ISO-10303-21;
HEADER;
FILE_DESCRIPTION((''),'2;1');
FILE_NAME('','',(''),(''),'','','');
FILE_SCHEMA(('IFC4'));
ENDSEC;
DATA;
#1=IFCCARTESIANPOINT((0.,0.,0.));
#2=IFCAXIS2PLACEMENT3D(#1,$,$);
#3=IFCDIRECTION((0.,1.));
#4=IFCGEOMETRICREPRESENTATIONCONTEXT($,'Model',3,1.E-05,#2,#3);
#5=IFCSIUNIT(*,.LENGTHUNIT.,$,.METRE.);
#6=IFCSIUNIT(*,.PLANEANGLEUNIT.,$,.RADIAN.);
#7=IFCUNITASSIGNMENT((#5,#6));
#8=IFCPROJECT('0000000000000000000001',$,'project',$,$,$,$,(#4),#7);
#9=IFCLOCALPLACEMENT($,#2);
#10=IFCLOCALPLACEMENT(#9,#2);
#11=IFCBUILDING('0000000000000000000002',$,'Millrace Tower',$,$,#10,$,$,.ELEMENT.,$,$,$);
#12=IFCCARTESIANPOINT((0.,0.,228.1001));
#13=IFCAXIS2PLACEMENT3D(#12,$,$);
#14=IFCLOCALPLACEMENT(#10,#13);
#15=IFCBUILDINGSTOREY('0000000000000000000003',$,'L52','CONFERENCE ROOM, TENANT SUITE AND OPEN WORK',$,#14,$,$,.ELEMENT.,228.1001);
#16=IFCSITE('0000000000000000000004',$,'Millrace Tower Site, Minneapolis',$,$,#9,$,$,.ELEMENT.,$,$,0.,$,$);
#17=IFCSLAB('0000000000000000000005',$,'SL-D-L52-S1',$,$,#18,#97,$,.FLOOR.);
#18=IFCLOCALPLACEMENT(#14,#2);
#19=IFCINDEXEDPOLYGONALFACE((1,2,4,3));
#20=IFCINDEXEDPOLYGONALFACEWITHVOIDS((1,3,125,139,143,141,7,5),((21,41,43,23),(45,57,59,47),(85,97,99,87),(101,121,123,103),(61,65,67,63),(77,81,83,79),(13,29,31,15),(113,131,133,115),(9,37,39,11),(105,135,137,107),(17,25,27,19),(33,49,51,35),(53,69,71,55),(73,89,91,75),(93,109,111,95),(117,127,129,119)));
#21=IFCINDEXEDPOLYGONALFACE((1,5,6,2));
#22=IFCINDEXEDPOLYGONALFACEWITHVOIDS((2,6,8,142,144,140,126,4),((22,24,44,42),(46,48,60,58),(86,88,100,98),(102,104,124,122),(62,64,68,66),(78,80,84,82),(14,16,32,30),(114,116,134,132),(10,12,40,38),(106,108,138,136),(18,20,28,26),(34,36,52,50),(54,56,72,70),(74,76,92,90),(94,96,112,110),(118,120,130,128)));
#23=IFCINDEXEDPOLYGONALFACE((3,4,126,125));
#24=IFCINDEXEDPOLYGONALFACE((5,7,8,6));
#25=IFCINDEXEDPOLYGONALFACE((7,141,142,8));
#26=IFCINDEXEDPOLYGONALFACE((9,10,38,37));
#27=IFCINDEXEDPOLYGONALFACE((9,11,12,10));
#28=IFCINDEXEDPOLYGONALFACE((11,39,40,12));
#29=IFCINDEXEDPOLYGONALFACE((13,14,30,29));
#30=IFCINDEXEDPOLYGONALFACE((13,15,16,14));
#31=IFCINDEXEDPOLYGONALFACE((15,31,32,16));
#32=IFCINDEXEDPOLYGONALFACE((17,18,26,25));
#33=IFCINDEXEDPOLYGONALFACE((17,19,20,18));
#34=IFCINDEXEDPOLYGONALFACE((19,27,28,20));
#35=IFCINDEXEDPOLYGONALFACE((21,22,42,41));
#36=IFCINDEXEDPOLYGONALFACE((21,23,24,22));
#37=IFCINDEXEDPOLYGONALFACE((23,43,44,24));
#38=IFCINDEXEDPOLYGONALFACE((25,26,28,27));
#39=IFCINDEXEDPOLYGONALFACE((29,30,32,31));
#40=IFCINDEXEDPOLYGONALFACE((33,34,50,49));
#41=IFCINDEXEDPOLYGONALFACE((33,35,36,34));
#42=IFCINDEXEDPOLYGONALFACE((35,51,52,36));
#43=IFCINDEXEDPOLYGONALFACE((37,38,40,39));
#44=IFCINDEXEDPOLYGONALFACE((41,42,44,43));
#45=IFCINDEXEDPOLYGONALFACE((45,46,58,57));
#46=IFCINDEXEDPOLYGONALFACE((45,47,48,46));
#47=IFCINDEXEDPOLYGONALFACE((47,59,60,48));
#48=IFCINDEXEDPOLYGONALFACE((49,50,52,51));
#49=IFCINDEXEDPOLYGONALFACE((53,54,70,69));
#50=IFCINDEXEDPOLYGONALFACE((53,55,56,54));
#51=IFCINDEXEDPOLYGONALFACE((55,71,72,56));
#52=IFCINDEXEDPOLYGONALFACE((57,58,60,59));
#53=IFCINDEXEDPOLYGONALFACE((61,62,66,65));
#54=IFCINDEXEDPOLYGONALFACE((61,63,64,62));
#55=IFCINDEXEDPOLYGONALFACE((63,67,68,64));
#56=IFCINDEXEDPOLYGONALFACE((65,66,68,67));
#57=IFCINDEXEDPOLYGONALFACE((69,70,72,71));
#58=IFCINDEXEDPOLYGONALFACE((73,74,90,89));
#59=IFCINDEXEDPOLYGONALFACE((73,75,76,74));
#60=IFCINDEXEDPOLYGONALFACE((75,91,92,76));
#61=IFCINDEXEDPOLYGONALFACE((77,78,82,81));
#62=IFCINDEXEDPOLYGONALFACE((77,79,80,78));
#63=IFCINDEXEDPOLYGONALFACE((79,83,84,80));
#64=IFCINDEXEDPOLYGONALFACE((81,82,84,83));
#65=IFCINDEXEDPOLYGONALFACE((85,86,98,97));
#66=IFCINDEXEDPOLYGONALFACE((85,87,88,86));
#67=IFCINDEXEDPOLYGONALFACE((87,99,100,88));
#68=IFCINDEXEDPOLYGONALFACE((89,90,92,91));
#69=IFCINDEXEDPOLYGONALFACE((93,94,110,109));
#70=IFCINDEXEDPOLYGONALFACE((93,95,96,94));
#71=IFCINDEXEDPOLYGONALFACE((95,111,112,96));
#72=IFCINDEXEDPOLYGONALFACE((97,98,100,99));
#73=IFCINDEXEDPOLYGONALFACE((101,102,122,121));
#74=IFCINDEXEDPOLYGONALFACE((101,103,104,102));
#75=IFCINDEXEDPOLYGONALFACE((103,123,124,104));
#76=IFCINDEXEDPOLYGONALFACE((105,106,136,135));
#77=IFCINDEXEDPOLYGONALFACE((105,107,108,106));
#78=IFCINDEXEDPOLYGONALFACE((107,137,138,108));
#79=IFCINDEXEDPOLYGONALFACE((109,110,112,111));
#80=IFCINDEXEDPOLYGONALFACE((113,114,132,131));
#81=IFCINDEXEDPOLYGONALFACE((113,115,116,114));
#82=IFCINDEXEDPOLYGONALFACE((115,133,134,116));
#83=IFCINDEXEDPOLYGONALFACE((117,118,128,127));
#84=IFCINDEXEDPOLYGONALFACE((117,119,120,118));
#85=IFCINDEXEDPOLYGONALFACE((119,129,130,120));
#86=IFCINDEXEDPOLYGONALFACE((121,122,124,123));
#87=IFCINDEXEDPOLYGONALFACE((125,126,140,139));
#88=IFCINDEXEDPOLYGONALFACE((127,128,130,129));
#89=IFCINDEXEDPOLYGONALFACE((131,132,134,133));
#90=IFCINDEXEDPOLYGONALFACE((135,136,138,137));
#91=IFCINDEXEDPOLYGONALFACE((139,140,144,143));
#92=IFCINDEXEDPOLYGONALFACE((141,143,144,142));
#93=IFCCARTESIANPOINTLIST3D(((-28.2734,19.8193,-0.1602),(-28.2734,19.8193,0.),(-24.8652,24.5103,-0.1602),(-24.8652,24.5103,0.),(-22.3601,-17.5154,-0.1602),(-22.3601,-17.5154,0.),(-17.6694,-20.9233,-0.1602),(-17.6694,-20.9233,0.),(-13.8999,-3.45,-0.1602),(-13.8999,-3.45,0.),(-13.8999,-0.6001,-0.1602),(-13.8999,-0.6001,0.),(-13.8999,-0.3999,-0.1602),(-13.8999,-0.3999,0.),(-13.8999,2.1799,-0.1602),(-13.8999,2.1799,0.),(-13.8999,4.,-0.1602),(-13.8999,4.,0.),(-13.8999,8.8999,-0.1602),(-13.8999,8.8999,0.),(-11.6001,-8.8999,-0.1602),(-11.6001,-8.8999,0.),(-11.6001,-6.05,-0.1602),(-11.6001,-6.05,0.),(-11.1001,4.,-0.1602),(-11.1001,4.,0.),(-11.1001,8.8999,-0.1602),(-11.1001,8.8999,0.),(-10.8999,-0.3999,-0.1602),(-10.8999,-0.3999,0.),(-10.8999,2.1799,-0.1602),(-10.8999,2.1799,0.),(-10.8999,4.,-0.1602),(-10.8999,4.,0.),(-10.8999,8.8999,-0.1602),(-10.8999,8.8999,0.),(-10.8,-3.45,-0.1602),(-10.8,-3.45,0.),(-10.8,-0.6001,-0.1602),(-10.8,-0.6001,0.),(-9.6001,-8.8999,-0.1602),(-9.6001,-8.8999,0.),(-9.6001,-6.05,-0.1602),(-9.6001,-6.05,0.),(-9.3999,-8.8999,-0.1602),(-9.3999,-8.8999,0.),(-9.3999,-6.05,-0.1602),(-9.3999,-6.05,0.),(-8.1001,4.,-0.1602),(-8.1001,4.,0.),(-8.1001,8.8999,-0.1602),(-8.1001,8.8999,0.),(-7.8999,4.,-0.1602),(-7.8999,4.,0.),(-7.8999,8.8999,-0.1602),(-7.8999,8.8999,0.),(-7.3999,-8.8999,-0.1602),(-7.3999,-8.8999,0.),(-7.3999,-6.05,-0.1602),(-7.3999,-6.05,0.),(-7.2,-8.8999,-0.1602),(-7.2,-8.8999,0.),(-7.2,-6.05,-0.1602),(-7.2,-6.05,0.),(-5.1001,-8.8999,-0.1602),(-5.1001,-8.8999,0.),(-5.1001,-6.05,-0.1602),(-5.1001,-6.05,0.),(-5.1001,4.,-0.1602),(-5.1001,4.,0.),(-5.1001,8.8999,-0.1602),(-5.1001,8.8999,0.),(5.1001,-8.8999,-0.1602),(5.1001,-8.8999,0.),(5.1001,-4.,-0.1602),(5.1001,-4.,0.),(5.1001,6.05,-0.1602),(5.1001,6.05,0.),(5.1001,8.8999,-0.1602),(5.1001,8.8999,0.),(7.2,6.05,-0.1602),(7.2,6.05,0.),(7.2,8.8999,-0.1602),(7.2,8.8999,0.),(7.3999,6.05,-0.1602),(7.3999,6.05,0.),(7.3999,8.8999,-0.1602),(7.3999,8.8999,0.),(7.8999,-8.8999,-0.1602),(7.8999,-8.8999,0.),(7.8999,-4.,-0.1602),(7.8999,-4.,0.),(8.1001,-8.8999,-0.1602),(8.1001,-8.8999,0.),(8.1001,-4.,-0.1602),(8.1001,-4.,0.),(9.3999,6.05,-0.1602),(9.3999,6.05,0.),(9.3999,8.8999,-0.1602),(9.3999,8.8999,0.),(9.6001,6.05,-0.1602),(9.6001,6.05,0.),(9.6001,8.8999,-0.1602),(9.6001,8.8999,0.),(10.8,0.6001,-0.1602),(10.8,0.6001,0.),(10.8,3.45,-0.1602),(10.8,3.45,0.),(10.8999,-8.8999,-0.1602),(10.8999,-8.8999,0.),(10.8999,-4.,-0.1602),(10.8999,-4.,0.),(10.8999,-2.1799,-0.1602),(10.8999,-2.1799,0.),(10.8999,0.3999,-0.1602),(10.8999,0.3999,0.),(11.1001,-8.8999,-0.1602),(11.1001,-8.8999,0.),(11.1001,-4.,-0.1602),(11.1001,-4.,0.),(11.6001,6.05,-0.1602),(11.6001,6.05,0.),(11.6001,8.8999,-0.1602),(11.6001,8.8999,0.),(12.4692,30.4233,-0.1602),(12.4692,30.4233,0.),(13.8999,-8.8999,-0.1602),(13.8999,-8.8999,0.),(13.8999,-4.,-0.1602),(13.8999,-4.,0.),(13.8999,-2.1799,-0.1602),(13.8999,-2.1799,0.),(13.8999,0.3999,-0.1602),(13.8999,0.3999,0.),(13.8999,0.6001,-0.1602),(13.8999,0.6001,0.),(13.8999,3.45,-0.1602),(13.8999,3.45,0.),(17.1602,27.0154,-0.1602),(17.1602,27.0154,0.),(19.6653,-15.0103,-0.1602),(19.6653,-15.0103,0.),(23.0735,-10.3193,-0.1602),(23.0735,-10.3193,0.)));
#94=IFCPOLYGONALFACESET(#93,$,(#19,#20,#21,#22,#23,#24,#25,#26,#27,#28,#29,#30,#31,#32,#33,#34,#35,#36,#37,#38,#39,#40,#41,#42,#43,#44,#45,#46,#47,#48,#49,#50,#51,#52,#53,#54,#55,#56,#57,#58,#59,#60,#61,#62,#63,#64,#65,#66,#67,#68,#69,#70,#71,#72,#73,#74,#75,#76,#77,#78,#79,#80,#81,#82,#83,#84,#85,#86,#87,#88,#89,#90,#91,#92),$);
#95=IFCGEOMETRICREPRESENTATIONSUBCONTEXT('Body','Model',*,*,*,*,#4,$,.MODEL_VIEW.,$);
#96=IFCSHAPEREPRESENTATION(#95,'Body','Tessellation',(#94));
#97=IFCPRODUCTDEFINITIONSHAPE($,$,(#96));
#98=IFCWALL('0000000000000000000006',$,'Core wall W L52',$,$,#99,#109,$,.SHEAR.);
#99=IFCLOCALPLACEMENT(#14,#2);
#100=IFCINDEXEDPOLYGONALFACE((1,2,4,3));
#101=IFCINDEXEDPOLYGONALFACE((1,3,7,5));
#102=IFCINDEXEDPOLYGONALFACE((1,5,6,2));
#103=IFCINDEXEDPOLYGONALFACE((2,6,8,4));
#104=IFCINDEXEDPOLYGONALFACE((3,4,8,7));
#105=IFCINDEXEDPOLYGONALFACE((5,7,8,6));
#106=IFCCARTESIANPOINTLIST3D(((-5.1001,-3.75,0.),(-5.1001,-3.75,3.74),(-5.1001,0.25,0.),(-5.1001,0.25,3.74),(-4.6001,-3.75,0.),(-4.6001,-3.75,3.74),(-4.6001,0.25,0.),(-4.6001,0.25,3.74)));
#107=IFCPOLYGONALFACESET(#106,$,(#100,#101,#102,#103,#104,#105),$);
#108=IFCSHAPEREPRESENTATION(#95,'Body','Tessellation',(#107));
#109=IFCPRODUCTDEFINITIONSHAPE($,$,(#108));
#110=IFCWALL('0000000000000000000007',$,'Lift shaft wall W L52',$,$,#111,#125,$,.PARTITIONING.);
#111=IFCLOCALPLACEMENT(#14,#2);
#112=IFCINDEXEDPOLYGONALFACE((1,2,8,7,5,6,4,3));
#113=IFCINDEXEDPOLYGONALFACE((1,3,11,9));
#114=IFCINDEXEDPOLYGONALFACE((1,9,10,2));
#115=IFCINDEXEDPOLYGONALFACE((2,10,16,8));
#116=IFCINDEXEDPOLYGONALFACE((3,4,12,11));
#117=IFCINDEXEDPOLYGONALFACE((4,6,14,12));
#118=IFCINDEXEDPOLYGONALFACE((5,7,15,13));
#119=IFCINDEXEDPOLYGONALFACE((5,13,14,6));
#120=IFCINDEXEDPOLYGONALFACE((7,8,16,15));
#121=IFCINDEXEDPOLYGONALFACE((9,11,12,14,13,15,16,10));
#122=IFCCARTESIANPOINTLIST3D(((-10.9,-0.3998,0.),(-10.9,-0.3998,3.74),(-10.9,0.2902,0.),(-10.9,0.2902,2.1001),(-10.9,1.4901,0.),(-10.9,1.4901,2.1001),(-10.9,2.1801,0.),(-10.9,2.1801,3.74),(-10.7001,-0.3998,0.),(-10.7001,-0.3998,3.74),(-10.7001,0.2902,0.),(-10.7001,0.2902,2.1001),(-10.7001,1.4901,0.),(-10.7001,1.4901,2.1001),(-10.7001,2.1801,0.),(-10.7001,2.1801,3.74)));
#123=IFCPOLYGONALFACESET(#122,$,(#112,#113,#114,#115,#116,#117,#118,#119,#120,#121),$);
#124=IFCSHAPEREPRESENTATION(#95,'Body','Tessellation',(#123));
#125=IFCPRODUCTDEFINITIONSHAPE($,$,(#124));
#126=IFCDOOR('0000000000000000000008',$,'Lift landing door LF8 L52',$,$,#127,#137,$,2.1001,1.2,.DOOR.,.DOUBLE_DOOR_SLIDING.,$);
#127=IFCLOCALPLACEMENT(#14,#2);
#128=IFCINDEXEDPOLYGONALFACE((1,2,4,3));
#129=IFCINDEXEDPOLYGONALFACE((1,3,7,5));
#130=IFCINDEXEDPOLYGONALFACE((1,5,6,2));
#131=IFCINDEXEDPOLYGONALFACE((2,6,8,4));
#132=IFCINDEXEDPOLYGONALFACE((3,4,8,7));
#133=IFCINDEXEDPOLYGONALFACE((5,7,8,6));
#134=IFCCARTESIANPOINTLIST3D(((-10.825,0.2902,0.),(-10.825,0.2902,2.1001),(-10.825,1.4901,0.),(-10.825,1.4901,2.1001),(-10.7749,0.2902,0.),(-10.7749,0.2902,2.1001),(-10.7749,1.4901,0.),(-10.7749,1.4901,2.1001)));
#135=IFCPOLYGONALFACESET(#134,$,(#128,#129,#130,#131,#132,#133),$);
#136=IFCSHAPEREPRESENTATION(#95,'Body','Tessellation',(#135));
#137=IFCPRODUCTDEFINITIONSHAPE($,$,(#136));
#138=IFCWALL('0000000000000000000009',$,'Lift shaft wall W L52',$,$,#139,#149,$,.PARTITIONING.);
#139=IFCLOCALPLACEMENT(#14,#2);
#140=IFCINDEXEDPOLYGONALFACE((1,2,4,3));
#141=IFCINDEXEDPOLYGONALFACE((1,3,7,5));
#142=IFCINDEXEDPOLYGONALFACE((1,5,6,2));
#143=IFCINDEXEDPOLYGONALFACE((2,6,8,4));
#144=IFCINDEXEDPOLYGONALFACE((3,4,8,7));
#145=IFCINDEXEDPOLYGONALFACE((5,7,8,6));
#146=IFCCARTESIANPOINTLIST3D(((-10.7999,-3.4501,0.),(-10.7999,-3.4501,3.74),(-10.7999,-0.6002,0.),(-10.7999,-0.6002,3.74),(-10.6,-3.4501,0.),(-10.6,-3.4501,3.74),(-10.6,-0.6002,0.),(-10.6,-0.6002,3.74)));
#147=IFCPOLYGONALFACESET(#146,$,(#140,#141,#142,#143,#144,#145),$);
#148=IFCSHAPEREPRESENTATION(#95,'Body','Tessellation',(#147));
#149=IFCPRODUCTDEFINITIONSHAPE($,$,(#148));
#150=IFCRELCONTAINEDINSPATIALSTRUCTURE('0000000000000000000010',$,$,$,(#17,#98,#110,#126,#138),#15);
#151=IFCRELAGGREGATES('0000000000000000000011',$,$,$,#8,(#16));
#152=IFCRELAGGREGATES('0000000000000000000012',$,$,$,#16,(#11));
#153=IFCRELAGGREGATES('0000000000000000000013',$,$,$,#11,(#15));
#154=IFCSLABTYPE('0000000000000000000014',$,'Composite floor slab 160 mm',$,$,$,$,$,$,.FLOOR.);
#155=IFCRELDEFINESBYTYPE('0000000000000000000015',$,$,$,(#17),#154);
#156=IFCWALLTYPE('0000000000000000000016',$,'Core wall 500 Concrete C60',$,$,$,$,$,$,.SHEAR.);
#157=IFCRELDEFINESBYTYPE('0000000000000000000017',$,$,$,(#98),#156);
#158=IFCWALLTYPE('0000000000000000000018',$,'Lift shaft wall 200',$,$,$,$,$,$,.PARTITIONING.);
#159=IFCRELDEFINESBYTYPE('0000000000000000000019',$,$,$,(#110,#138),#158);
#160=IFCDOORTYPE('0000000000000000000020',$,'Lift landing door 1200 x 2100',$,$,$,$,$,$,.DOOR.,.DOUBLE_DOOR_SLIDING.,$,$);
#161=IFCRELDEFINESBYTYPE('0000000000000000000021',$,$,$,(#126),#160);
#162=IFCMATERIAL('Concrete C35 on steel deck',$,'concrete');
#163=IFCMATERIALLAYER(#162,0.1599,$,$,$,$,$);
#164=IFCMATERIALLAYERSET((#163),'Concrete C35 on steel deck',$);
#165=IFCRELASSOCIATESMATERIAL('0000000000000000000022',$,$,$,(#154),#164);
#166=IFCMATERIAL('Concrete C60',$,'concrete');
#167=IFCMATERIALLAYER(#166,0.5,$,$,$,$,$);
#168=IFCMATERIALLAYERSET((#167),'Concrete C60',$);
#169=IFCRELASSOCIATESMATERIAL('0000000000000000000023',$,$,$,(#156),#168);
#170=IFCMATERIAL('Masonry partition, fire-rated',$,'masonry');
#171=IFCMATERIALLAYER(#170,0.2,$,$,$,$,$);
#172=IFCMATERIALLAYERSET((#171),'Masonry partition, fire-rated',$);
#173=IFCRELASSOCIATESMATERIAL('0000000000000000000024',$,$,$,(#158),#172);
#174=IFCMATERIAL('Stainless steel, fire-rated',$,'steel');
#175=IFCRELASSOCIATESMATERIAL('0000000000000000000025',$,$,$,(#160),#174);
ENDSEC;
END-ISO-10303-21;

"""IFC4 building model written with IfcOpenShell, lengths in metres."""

from ifc_helpers import new_model, si_unit, direction, frame, frame_2d, origin, place, context, subcontext, project, spatial, polyline, rectangle, outline, extrude, material, layer, layer_set, type_object, element, fill, save


model = new_model("IFC4")

# Units and contexts
model_context = context("Model", 3, precision=1e-05, world=origin(), true_north=direction((0.0, 1.0)))
body_context = subcontext(model_context, "Body", "Model", "MODEL_VIEW")
ifc_project = project(units=[si_unit("LENGTHUNIT", "METRE"), si_unit("PLANEANGLEUNIT", "RADIAN")], contexts=[model_context])

# Site, building, storey
site_placement = place(None, origin())
site = spatial("IfcSite", under=ifc_project, at=site_placement, Name="Millrace Tower Site, Minneapolis", CompositionType="ELEMENT", RefElevation=0.0)
building_placement = place(site_placement, origin())
building = spatial("IfcBuilding", under=site, at=building_placement, Name="Millrace Tower", CompositionType="ELEMENT")
storey_placement = place(building_placement, frame((0.0, 0.0, 228.1001)))
storey = spatial("IfcBuildingStorey", under=building, at=storey_placement, Name="L52", Description="CONFERENCE ROOM, TENANT SUITE AND OPEN WORK", CompositionType="ELEMENT", Elevation=228.1001)

# Slab
ifc_material_1 = material(Name="Concrete C35 on steel deck", Category="concrete")
ifc_layer_1 = layer(ifc_material_1, 0.1599)
ifc_layer_set_1 = layer_set([ifc_layer_1], Name="Concrete C35 on steel deck")
slab_type = type_object("IfcSlabType", Name="Composite floor slab 160 mm", PredefinedType="FLOOR", material=ifc_layer_set_1)
slab_placement = place(storey_placement, frame((0.0, 0.0, -0.1602)))
element("IfcSlab", 1, at=slab_placement, inside=storey, type_object=slab_type, Name="SL-D-L52-S1", PredefinedType="FLOOR", context=body_context, shape_type="SweptSolid", body=[
    extrude(outline(polyline([(-22.3601, -17.5154), (-17.6694, -20.9233), (19.6653, -15.0103), (23.0735, -10.3193), (17.1602, 27.0154), (12.4692, 30.4233), (-24.8652, 24.5103), (-28.2734, 19.8193), (-22.3601, -17.5154)]), holes=[polyline([(-11.6001, -8.8999), (-9.6001, -8.8999), (-9.6001, -6.05), (-11.6001, -6.05), (-11.6001, -8.8999)]), polyline([(-9.3999, -8.8999), (-7.3999, -8.8999), (-7.3999, -6.05), (-9.3999, -6.05), (-9.3999, -8.8999)]), polyline([(-7.2, -8.8999), (-5.1001, -8.8999), (-5.1001, -6.05), (-7.2, -6.05), (-7.2, -8.8999)]), polyline([(-13.8999, -3.45), (-10.8, -3.45), (-10.8, -0.6001), (-13.8999, -0.6001), (-13.8999, -3.45)]), polyline([(-13.8999, -0.3999), (-10.8999, -0.3999), (-10.8999, 2.1799), (-13.8999, 2.1799), (-13.8999, -0.3999)]), polyline([(-13.8999, 4.0), (-11.1001, 4.0), (-11.1001, 8.8999), (-13.8999, 8.8999), (-13.8999, 4.0)]), polyline([(-10.8999, 4.0), (-8.1001, 4.0), (-8.1001, 8.8999), (-10.8999, 8.8999), (-10.8999, 4.0)]), polyline([(-7.8999, 4.0), (-5.1001, 4.0), (-5.1001, 8.8999), (-7.8999, 8.8999), (-7.8999, 4.0)]), polyline([(9.6001, 6.05), (11.6001, 6.05), (11.6001, 8.8999), (9.6001, 8.8999), (9.6001, 6.05)]), polyline([(7.3999, 6.05), (9.3999, 6.05), (9.3999, 8.8999), (7.3999, 8.8999), (7.3999, 6.05)]), polyline([(5.1001, 6.05), (7.2, 6.05), (7.2, 8.8999), (5.1001, 8.8999), (5.1001, 6.05)]), polyline([(10.8, 0.6001), (13.8999, 0.6001), (13.8999, 3.45), (10.8, 3.45), (10.8, 0.6001)]), polyline([(10.8999, -2.1799), (13.8999, -2.1799), (13.8999, 0.3999), (10.8999, 0.3999), (10.8999, -2.1799)]), polyline([(11.1001, -8.8999), (13.8999, -8.8999), (13.8999, -4.0), (11.1001, -4.0), (11.1001, -8.8999)]), polyline([(8.1001, -8.8999), (10.8999, -8.8999), (10.8999, -4.0), (8.1001, -4.0), (8.1001, -8.8999)]), polyline([(5.1001, -8.8999), (7.8999, -8.8999), (7.8999, -4.0), (5.1001, -4.0), (5.1001, -8.8999)])]), origin(), (0.0, 0.0, 1.0), 0.1602),
])

# Wall
ifc_material_2 = material(Name="Concrete C60", Category="concrete")
ifc_layer_2 = layer(ifc_material_2, 0.5)
ifc_layer_set_2 = layer_set([ifc_layer_2], Name="Concrete C60")
wall_type_1 = type_object("IfcWallType", Name="Core wall 500 Concrete C60", PredefinedType="SHEAR", material=ifc_layer_set_2)
wall_1_placement = place(storey_placement, frame((-4.8501, -3.75, 0.0), z_axis=(0.0, 0.0, 1.0), x_axis=(0.0, 1.0, 0.0)))
element("IfcWall", 2, at=wall_1_placement, inside=storey, type_object=wall_type_1, Name="Core wall W L52", PredefinedType="SHEAR", context=body_context, shape_type="SweptSolid", body=[
    extrude(rectangle(XDim=4.0, YDim=0.5, at=frame_2d((2.0, 0.0))), origin(), (0.0, 0.0, 1.0), 3.74),
])

# Wall, opening, door
ifc_material_3 = material(Name="Masonry partition, fire-rated", Category="masonry")
ifc_layer_3 = layer(ifc_material_3, 0.2)
ifc_layer_set_3 = layer_set([ifc_layer_3], Name="Masonry partition, fire-rated")
wall_type_2 = type_object("IfcWallType", Name="Lift shaft wall 200", PredefinedType="PARTITIONING", material=ifc_layer_set_3)
wall_2_placement = place(storey_placement, frame((-10.8, -0.3999, 0.0), z_axis=(0.0, 0.0, 1.0), x_axis=(0.0, 1.0, 0.0)))
wall_2 = element("IfcWall", 3, at=wall_2_placement, inside=storey, type_object=wall_type_2, Name="Lift shaft wall W L52", PredefinedType="PARTITIONING", context=body_context, shape_type="SweptSolid", body=[
    extrude(rectangle(XDim=2.5798, YDim=0.2, at=frame_2d((1.29, 0.0))), origin(), (0.0, 0.0, 1.0), 3.74),
])
opening_1_placement = place(wall_2_placement, frame((0.6899, 0.0, 0.0)))
opening_1 = element("IfcOpeningElement", 4, at=opening_1_placement, cuts=wall_2, PredefinedType="OPENING", context=body_context, shape_type="SweptSolid", body=[
    extrude(rectangle(XDim=1.2, YDim=2.1001, at=frame_2d((0.6001, 1.05))), frame((0.0, 0.1099, 0.0), z_axis=(0.0, -1.0, 0.0), x_axis=(1.0, 0.0, 0.0)), (0.0, 0.0, 1.0), 0.22),
])
ifc_material_4 = material(Name="Stainless steel, fire-rated", Category="steel")
door_type_1 = type_object("IfcDoorType", Name="Lift landing door 1200 x 2100", OperationType="DOUBLE_DOOR_SLIDING", PredefinedType="DOOR", material=ifc_material_4)
door_1_placement = place(opening_1_placement, origin())
door_1 = element("IfcDoor", 5, at=door_1_placement, inside=storey, type_object=door_type_1, Name="Lift landing door LF8 L52", OperationType="DOUBLE_DOOR_SLIDING", OverallHeight=2.1001, OverallWidth=1.2, PredefinedType="DOOR", context=body_context, shape_type="SweptSolid", body=[
    extrude(rectangle(XDim=1.2, YDim=2.1001, at=frame_2d((0.6001, 1.05))), frame((0.0, 0.0249, 0.0), z_axis=(0.0, -1.0, 0.0), x_axis=(1.0, 0.0, 0.0)), (0.0, 0.0, 1.0), 0.05),
])
fill(opening_1, door_1)

# Wall
wall_3_placement = place(storey_placement, frame((-10.7, -3.45, 0.0), z_axis=(0.0, 0.0, 1.0), x_axis=(0.0, 1.0, 0.0)))
element("IfcWall", 6, at=wall_3_placement, inside=storey, type_object=wall_type_2, Name="Lift shaft wall W L52", PredefinedType="PARTITIONING", context=body_context, shape_type="SweptSolid", body=[
    extrude(rectangle(XDim=2.8499, YDim=0.2, at=frame_2d((1.4248, 0.0))), origin(), (0.0, 0.0, 1.0), 3.74),
])

save(model, "model.ifc")
